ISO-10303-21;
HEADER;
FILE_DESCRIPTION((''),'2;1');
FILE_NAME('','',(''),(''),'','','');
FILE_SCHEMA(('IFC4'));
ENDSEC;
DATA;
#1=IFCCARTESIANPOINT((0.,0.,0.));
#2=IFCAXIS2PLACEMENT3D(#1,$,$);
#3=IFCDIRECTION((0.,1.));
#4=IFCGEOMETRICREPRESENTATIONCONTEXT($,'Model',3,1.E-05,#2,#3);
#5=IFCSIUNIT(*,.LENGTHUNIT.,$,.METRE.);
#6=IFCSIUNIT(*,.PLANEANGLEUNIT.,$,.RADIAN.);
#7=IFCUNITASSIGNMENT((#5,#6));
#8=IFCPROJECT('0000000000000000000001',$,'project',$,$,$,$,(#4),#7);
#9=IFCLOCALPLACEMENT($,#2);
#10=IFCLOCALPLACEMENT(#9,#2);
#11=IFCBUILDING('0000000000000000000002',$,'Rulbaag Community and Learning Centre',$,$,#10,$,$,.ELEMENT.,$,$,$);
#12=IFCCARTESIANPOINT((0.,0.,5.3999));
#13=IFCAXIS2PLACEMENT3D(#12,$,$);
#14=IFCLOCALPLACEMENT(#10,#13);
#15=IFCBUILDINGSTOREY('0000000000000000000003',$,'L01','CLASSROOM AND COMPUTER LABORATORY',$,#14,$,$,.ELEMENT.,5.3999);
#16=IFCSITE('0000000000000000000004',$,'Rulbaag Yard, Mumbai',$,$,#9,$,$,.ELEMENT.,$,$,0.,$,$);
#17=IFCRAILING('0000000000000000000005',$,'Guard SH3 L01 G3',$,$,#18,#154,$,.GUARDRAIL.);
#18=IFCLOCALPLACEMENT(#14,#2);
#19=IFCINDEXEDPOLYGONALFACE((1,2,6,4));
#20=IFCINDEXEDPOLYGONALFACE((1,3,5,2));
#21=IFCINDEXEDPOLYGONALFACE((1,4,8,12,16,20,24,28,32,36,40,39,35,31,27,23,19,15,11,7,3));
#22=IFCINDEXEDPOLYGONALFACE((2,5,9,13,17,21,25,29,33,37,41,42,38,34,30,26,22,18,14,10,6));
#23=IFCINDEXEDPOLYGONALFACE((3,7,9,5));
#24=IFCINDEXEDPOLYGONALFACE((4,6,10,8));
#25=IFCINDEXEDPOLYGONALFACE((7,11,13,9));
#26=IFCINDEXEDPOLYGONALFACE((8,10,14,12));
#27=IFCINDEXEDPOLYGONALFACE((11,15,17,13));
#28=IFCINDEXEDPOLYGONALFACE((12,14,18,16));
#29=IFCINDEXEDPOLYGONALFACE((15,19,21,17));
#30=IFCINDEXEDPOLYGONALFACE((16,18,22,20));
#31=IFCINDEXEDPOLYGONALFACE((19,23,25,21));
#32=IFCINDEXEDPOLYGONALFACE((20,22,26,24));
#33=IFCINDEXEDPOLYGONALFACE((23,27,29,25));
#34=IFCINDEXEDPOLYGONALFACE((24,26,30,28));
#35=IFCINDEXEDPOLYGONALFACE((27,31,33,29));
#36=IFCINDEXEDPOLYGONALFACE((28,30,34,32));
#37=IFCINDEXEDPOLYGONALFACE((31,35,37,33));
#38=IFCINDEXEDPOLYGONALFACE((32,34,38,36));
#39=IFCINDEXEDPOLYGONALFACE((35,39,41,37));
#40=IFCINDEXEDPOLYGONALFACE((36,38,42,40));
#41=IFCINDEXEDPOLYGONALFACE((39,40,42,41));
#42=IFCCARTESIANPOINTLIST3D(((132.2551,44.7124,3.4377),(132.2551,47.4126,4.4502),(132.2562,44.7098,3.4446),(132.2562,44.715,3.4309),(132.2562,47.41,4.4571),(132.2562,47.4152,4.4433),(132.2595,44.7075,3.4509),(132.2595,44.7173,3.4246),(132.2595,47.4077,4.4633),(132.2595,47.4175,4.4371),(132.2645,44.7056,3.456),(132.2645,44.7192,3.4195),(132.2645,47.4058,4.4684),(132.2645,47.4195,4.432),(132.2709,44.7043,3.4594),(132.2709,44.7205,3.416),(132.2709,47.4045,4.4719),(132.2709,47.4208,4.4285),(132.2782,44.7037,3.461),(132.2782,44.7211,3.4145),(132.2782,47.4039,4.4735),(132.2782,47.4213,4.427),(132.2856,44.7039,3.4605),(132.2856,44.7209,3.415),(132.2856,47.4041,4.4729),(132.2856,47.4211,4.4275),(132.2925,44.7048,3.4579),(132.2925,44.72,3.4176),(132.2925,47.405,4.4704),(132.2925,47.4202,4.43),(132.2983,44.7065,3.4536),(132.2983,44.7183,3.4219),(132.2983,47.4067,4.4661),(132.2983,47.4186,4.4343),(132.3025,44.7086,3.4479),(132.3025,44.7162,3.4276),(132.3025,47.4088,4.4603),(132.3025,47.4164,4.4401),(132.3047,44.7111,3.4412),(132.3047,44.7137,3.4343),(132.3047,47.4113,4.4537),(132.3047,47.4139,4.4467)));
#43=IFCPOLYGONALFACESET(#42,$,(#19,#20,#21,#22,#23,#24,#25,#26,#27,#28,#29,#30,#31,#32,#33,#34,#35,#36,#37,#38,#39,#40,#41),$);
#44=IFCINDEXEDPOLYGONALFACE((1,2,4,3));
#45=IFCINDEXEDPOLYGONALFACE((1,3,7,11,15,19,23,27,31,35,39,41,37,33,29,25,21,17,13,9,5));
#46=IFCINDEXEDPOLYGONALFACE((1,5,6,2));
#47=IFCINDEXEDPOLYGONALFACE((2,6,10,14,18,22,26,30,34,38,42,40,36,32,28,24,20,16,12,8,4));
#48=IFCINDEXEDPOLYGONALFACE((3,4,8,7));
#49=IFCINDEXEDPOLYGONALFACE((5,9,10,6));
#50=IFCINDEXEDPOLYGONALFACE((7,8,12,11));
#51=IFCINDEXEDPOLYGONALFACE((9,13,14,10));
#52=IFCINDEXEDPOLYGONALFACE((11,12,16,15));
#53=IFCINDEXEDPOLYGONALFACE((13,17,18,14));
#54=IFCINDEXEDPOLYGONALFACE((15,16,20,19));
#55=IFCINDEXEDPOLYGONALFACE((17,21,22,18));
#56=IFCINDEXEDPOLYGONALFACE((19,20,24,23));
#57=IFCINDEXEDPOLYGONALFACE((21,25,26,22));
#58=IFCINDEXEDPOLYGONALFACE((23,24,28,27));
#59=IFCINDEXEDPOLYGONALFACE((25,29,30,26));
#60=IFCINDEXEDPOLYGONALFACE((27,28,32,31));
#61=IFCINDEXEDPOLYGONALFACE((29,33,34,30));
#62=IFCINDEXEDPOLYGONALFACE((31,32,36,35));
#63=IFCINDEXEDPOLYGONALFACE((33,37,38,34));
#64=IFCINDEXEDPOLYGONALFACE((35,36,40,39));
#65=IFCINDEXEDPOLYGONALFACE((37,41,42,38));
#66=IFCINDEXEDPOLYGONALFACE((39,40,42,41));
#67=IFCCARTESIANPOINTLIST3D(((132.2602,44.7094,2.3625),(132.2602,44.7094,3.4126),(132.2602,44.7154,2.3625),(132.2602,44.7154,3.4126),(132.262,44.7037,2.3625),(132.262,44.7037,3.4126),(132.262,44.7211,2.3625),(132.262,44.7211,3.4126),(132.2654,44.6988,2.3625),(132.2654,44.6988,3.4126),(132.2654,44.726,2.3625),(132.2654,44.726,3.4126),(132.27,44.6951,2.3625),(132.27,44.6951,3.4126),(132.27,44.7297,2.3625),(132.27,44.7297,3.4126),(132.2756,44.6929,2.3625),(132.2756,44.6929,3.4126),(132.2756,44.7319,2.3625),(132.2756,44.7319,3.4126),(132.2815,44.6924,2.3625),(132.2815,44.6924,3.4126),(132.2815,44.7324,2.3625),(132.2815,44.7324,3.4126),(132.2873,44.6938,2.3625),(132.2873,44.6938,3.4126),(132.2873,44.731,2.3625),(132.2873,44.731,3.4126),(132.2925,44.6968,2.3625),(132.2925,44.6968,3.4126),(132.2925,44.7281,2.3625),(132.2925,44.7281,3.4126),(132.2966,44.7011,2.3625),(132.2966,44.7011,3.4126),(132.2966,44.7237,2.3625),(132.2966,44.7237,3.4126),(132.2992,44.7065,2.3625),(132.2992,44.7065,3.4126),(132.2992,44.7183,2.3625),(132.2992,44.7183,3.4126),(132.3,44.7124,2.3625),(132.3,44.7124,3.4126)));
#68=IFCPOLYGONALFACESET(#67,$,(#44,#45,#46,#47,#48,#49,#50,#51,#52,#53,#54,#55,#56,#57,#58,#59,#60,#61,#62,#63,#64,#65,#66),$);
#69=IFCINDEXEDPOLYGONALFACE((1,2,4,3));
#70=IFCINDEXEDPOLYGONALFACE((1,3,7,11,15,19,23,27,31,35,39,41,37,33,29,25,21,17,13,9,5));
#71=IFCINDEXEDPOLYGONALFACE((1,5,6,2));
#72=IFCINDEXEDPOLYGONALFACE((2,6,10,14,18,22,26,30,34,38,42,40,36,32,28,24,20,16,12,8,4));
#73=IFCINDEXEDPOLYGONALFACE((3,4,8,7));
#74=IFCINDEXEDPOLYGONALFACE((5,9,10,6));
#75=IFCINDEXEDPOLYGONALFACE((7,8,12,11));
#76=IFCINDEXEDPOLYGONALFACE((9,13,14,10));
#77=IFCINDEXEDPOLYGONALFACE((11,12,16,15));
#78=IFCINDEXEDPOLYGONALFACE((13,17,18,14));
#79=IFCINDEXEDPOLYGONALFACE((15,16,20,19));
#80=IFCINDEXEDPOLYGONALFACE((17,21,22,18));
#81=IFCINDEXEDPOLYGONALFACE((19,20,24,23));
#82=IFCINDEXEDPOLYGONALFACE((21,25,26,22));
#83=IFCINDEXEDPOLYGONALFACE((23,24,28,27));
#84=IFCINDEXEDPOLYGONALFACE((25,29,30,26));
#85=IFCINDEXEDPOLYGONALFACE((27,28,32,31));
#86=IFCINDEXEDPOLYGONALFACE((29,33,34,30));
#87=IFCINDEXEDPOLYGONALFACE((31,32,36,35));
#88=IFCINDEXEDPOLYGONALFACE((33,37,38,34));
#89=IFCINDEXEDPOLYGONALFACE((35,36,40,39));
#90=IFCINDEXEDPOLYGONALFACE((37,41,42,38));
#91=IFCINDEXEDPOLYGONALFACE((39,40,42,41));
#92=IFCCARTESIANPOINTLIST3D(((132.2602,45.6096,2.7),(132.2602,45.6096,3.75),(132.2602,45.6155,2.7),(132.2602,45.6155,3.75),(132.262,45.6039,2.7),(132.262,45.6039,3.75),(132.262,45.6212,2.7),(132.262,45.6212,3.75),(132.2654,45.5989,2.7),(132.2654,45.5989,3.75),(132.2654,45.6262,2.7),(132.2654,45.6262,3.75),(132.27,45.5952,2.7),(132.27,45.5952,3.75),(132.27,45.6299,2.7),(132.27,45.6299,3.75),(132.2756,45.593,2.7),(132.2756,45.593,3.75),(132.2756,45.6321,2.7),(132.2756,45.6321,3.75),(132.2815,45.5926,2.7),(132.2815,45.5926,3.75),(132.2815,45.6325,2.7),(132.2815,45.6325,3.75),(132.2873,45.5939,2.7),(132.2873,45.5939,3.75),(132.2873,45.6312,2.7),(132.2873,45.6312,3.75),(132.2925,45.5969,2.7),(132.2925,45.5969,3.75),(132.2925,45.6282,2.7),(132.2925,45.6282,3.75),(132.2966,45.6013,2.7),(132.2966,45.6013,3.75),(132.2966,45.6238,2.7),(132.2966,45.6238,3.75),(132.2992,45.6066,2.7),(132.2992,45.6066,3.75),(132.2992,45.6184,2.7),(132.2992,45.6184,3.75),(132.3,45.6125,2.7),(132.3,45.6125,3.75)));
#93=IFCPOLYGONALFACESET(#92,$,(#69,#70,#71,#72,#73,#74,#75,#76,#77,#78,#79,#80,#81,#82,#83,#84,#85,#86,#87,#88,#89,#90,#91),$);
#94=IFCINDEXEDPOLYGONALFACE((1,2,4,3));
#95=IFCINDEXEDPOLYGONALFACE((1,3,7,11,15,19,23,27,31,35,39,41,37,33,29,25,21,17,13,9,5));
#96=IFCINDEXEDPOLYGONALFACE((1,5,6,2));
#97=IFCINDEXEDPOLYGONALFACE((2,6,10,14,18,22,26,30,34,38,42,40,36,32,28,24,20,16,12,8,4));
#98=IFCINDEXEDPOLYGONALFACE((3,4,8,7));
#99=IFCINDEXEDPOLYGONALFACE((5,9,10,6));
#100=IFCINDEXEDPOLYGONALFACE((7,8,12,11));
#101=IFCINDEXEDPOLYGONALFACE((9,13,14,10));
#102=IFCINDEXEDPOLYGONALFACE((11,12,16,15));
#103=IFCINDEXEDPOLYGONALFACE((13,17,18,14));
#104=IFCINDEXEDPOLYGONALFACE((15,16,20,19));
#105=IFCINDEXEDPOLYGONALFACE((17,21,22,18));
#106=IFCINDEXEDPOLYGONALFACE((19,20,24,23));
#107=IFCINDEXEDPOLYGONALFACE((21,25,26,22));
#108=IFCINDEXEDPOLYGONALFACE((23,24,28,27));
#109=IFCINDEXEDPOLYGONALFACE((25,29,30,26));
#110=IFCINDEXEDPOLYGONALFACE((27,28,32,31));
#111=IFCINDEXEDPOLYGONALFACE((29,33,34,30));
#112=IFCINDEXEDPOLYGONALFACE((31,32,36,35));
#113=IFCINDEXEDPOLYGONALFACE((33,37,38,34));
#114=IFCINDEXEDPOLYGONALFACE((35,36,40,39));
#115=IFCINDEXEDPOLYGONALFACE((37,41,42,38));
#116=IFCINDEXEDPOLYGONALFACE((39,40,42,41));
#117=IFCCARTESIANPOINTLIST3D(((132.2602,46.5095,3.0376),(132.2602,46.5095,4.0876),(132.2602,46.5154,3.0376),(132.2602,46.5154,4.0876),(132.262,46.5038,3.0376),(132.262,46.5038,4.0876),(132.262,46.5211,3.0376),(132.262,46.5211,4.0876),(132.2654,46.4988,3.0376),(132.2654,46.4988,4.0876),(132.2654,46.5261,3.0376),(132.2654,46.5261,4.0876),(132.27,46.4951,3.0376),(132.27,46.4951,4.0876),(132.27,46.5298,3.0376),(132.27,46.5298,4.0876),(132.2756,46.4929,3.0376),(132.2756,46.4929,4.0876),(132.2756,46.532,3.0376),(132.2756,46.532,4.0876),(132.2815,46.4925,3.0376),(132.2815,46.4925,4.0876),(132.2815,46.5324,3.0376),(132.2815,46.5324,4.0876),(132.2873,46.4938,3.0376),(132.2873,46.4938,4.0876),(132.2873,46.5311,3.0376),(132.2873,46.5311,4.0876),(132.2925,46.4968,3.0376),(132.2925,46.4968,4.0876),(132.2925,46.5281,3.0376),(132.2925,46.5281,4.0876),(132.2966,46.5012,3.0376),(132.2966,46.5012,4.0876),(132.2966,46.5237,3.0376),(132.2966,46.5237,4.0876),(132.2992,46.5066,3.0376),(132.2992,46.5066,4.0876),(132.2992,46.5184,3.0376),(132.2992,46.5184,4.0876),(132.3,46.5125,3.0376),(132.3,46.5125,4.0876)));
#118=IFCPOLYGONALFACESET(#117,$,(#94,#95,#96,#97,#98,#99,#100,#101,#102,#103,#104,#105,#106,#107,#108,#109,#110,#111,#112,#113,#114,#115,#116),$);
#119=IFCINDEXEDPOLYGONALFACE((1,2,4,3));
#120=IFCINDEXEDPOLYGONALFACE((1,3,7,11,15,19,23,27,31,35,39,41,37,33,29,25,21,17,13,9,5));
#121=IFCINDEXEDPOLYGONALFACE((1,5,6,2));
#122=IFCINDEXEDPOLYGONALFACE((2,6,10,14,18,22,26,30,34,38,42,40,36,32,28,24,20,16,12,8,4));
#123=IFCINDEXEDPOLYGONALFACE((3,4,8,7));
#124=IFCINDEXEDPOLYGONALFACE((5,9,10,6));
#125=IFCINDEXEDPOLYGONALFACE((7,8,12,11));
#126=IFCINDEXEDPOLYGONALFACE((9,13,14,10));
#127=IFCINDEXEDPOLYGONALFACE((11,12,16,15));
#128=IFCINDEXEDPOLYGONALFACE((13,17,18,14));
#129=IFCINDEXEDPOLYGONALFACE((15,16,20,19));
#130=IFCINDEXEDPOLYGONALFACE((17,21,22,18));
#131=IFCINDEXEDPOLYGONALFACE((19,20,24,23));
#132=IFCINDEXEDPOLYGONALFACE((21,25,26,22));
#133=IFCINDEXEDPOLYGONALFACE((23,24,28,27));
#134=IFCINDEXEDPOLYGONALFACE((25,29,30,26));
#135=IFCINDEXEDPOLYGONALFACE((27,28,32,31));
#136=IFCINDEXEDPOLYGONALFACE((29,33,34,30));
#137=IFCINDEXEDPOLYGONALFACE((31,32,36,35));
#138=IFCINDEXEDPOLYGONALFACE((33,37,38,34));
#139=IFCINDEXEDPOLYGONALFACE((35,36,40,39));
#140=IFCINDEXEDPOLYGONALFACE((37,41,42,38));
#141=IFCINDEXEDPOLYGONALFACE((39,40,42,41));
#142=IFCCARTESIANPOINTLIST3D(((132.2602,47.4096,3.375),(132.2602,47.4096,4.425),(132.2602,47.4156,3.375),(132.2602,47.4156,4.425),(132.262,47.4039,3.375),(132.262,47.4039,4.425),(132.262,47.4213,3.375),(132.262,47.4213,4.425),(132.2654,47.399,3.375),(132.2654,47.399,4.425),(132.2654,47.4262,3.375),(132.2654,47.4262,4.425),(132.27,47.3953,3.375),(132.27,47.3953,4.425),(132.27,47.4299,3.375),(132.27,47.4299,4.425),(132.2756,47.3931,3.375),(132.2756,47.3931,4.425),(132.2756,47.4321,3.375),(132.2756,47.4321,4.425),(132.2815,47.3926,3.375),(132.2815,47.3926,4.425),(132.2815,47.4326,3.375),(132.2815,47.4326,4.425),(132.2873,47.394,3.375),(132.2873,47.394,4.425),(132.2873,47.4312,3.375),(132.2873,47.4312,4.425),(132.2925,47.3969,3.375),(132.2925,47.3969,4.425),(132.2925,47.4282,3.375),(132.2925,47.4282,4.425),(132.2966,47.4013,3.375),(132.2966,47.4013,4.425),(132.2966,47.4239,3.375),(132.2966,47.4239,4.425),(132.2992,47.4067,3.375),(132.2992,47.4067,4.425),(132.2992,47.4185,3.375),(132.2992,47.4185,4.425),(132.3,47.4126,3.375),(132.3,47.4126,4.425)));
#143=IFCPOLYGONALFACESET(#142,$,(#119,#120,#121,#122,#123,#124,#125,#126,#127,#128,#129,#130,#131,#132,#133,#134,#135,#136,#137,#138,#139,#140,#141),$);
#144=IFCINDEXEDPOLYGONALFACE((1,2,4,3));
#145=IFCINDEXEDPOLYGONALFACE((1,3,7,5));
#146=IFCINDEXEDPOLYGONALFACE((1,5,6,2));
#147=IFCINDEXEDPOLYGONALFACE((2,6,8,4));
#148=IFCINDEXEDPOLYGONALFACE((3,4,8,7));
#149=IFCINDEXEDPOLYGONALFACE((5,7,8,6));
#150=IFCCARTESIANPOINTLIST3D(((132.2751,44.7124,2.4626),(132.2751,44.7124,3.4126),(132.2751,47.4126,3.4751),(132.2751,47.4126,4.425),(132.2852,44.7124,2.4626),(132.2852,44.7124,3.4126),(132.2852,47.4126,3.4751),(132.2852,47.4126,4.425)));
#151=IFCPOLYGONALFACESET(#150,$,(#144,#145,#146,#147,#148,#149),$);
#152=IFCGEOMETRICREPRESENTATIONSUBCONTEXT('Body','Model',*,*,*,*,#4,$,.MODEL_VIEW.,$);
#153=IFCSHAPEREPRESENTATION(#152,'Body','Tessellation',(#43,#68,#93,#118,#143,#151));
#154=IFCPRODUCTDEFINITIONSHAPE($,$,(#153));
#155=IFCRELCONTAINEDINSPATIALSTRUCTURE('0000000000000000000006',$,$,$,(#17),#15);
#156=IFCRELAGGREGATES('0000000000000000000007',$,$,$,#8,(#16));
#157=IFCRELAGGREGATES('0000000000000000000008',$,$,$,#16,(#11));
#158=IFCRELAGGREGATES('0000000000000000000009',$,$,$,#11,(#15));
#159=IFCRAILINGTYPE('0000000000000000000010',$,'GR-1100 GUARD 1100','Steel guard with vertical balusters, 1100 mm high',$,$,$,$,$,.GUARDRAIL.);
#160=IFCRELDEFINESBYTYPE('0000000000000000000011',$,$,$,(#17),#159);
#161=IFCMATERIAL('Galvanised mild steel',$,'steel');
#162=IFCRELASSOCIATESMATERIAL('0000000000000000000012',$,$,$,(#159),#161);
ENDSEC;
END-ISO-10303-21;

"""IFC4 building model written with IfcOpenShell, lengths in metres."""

from ifc_helpers import new_model, si_unit, direction, frame, origin, origin_2d, place, context, subcontext, project, spatial, polyline, circle, outline, extrude, material, type_object, element, save


model = new_model("IFC4")

# Units and contexts
model_context = context("Model", 3, precision=1e-05, world=origin(), true_north=direction((0.0, 1.0)))
body_context = subcontext(model_context, "Body", "Model", "MODEL_VIEW")
ifc_project = project(units=[si_unit("LENGTHUNIT", "METRE"), si_unit("PLANEANGLEUNIT", "RADIAN")], contexts=[model_context])

# Site, building, storey
site_placement = place(None, origin())
site = spatial("IfcSite", under=ifc_project, at=site_placement, Name="Rulbaag Yard, Mumbai", CompositionType="ELEMENT", RefElevation=0.0)
building_placement = place(site_placement, origin())
building = spatial("IfcBuilding", under=site, at=building_placement, Name="Rulbaag Community and Learning Centre", CompositionType="ELEMENT")
storey_placement = place(building_placement, frame((0.0, 0.0, 5.3999)))
storey = spatial("IfcBuildingStorey", under=building, at=storey_placement, Name="L01", Description="CLASSROOM AND COMPUTER LABORATORY", CompositionType="ELEMENT", Elevation=5.3999)

# Railing
ifc_material_1 = material(Name="Galvanised mild steel", Category="steel")
railing_type_1 = type_object("IfcRailingType", Name="GR-1100 GUARD 1100", Description="Steel guard with vertical balusters, 1100 mm high", PredefinedType="GUARDRAIL", material=ifc_material_1)
for number, where, name in (
    (1, (132.28, 44.7124, 2.3625), "Guard SH3 L01 G3"),
):
    element("IfcRailing", number, at=place(storey_placement, frame(where)), inside=storey, type_object=railing_type_1, Name=name, PredefinedType="GUARDRAIL", context=body_context, shape_type="SweptSolid", body=[
        extrude(circle(Radius=0.0249, at=origin_2d()), frame((0.0, 0.0, 1.0752), z_axis=(0.0, 0.936343, 0.351086), x_axis=(-1.0, 0.0, 0.0)), (0.0, 0.0, 1.0), 2.8838),
        extrude(circle(Radius=0.02, at=origin_2d()), origin(), (0.0, 0.0, 1.0), 1.05),
        extrude(circle(Radius=0.02, at=origin_2d()), frame((0.0, 0.9001, 0.3374)), (0.0, 0.0, 1.0), 1.05),
        extrude(circle(Radius=0.02, at=origin_2d()), frame((0.0, 1.8, 0.675)), (0.0, 0.0, 1.0), 1.05),
        extrude(circle(Radius=0.02, at=origin_2d()), frame((0.0, 2.7002, 1.0125)), (0.0, 0.0, 1.0), 1.05),
        extrude(outline(polyline([(0.0, 0.0), (2.7002, 1.0125), (2.7002, 1.9624), (0.0, 0.95), (0.0, 0.0)])), frame((-0.0049, 0.0, 0.1001), z_axis=(1.0, 0.0, 0.0), x_axis=(0.0, 1.0, 0.0)), (0.0, 0.0, 1.0), 0.01),
    ])

save(model, "model.ifc")
